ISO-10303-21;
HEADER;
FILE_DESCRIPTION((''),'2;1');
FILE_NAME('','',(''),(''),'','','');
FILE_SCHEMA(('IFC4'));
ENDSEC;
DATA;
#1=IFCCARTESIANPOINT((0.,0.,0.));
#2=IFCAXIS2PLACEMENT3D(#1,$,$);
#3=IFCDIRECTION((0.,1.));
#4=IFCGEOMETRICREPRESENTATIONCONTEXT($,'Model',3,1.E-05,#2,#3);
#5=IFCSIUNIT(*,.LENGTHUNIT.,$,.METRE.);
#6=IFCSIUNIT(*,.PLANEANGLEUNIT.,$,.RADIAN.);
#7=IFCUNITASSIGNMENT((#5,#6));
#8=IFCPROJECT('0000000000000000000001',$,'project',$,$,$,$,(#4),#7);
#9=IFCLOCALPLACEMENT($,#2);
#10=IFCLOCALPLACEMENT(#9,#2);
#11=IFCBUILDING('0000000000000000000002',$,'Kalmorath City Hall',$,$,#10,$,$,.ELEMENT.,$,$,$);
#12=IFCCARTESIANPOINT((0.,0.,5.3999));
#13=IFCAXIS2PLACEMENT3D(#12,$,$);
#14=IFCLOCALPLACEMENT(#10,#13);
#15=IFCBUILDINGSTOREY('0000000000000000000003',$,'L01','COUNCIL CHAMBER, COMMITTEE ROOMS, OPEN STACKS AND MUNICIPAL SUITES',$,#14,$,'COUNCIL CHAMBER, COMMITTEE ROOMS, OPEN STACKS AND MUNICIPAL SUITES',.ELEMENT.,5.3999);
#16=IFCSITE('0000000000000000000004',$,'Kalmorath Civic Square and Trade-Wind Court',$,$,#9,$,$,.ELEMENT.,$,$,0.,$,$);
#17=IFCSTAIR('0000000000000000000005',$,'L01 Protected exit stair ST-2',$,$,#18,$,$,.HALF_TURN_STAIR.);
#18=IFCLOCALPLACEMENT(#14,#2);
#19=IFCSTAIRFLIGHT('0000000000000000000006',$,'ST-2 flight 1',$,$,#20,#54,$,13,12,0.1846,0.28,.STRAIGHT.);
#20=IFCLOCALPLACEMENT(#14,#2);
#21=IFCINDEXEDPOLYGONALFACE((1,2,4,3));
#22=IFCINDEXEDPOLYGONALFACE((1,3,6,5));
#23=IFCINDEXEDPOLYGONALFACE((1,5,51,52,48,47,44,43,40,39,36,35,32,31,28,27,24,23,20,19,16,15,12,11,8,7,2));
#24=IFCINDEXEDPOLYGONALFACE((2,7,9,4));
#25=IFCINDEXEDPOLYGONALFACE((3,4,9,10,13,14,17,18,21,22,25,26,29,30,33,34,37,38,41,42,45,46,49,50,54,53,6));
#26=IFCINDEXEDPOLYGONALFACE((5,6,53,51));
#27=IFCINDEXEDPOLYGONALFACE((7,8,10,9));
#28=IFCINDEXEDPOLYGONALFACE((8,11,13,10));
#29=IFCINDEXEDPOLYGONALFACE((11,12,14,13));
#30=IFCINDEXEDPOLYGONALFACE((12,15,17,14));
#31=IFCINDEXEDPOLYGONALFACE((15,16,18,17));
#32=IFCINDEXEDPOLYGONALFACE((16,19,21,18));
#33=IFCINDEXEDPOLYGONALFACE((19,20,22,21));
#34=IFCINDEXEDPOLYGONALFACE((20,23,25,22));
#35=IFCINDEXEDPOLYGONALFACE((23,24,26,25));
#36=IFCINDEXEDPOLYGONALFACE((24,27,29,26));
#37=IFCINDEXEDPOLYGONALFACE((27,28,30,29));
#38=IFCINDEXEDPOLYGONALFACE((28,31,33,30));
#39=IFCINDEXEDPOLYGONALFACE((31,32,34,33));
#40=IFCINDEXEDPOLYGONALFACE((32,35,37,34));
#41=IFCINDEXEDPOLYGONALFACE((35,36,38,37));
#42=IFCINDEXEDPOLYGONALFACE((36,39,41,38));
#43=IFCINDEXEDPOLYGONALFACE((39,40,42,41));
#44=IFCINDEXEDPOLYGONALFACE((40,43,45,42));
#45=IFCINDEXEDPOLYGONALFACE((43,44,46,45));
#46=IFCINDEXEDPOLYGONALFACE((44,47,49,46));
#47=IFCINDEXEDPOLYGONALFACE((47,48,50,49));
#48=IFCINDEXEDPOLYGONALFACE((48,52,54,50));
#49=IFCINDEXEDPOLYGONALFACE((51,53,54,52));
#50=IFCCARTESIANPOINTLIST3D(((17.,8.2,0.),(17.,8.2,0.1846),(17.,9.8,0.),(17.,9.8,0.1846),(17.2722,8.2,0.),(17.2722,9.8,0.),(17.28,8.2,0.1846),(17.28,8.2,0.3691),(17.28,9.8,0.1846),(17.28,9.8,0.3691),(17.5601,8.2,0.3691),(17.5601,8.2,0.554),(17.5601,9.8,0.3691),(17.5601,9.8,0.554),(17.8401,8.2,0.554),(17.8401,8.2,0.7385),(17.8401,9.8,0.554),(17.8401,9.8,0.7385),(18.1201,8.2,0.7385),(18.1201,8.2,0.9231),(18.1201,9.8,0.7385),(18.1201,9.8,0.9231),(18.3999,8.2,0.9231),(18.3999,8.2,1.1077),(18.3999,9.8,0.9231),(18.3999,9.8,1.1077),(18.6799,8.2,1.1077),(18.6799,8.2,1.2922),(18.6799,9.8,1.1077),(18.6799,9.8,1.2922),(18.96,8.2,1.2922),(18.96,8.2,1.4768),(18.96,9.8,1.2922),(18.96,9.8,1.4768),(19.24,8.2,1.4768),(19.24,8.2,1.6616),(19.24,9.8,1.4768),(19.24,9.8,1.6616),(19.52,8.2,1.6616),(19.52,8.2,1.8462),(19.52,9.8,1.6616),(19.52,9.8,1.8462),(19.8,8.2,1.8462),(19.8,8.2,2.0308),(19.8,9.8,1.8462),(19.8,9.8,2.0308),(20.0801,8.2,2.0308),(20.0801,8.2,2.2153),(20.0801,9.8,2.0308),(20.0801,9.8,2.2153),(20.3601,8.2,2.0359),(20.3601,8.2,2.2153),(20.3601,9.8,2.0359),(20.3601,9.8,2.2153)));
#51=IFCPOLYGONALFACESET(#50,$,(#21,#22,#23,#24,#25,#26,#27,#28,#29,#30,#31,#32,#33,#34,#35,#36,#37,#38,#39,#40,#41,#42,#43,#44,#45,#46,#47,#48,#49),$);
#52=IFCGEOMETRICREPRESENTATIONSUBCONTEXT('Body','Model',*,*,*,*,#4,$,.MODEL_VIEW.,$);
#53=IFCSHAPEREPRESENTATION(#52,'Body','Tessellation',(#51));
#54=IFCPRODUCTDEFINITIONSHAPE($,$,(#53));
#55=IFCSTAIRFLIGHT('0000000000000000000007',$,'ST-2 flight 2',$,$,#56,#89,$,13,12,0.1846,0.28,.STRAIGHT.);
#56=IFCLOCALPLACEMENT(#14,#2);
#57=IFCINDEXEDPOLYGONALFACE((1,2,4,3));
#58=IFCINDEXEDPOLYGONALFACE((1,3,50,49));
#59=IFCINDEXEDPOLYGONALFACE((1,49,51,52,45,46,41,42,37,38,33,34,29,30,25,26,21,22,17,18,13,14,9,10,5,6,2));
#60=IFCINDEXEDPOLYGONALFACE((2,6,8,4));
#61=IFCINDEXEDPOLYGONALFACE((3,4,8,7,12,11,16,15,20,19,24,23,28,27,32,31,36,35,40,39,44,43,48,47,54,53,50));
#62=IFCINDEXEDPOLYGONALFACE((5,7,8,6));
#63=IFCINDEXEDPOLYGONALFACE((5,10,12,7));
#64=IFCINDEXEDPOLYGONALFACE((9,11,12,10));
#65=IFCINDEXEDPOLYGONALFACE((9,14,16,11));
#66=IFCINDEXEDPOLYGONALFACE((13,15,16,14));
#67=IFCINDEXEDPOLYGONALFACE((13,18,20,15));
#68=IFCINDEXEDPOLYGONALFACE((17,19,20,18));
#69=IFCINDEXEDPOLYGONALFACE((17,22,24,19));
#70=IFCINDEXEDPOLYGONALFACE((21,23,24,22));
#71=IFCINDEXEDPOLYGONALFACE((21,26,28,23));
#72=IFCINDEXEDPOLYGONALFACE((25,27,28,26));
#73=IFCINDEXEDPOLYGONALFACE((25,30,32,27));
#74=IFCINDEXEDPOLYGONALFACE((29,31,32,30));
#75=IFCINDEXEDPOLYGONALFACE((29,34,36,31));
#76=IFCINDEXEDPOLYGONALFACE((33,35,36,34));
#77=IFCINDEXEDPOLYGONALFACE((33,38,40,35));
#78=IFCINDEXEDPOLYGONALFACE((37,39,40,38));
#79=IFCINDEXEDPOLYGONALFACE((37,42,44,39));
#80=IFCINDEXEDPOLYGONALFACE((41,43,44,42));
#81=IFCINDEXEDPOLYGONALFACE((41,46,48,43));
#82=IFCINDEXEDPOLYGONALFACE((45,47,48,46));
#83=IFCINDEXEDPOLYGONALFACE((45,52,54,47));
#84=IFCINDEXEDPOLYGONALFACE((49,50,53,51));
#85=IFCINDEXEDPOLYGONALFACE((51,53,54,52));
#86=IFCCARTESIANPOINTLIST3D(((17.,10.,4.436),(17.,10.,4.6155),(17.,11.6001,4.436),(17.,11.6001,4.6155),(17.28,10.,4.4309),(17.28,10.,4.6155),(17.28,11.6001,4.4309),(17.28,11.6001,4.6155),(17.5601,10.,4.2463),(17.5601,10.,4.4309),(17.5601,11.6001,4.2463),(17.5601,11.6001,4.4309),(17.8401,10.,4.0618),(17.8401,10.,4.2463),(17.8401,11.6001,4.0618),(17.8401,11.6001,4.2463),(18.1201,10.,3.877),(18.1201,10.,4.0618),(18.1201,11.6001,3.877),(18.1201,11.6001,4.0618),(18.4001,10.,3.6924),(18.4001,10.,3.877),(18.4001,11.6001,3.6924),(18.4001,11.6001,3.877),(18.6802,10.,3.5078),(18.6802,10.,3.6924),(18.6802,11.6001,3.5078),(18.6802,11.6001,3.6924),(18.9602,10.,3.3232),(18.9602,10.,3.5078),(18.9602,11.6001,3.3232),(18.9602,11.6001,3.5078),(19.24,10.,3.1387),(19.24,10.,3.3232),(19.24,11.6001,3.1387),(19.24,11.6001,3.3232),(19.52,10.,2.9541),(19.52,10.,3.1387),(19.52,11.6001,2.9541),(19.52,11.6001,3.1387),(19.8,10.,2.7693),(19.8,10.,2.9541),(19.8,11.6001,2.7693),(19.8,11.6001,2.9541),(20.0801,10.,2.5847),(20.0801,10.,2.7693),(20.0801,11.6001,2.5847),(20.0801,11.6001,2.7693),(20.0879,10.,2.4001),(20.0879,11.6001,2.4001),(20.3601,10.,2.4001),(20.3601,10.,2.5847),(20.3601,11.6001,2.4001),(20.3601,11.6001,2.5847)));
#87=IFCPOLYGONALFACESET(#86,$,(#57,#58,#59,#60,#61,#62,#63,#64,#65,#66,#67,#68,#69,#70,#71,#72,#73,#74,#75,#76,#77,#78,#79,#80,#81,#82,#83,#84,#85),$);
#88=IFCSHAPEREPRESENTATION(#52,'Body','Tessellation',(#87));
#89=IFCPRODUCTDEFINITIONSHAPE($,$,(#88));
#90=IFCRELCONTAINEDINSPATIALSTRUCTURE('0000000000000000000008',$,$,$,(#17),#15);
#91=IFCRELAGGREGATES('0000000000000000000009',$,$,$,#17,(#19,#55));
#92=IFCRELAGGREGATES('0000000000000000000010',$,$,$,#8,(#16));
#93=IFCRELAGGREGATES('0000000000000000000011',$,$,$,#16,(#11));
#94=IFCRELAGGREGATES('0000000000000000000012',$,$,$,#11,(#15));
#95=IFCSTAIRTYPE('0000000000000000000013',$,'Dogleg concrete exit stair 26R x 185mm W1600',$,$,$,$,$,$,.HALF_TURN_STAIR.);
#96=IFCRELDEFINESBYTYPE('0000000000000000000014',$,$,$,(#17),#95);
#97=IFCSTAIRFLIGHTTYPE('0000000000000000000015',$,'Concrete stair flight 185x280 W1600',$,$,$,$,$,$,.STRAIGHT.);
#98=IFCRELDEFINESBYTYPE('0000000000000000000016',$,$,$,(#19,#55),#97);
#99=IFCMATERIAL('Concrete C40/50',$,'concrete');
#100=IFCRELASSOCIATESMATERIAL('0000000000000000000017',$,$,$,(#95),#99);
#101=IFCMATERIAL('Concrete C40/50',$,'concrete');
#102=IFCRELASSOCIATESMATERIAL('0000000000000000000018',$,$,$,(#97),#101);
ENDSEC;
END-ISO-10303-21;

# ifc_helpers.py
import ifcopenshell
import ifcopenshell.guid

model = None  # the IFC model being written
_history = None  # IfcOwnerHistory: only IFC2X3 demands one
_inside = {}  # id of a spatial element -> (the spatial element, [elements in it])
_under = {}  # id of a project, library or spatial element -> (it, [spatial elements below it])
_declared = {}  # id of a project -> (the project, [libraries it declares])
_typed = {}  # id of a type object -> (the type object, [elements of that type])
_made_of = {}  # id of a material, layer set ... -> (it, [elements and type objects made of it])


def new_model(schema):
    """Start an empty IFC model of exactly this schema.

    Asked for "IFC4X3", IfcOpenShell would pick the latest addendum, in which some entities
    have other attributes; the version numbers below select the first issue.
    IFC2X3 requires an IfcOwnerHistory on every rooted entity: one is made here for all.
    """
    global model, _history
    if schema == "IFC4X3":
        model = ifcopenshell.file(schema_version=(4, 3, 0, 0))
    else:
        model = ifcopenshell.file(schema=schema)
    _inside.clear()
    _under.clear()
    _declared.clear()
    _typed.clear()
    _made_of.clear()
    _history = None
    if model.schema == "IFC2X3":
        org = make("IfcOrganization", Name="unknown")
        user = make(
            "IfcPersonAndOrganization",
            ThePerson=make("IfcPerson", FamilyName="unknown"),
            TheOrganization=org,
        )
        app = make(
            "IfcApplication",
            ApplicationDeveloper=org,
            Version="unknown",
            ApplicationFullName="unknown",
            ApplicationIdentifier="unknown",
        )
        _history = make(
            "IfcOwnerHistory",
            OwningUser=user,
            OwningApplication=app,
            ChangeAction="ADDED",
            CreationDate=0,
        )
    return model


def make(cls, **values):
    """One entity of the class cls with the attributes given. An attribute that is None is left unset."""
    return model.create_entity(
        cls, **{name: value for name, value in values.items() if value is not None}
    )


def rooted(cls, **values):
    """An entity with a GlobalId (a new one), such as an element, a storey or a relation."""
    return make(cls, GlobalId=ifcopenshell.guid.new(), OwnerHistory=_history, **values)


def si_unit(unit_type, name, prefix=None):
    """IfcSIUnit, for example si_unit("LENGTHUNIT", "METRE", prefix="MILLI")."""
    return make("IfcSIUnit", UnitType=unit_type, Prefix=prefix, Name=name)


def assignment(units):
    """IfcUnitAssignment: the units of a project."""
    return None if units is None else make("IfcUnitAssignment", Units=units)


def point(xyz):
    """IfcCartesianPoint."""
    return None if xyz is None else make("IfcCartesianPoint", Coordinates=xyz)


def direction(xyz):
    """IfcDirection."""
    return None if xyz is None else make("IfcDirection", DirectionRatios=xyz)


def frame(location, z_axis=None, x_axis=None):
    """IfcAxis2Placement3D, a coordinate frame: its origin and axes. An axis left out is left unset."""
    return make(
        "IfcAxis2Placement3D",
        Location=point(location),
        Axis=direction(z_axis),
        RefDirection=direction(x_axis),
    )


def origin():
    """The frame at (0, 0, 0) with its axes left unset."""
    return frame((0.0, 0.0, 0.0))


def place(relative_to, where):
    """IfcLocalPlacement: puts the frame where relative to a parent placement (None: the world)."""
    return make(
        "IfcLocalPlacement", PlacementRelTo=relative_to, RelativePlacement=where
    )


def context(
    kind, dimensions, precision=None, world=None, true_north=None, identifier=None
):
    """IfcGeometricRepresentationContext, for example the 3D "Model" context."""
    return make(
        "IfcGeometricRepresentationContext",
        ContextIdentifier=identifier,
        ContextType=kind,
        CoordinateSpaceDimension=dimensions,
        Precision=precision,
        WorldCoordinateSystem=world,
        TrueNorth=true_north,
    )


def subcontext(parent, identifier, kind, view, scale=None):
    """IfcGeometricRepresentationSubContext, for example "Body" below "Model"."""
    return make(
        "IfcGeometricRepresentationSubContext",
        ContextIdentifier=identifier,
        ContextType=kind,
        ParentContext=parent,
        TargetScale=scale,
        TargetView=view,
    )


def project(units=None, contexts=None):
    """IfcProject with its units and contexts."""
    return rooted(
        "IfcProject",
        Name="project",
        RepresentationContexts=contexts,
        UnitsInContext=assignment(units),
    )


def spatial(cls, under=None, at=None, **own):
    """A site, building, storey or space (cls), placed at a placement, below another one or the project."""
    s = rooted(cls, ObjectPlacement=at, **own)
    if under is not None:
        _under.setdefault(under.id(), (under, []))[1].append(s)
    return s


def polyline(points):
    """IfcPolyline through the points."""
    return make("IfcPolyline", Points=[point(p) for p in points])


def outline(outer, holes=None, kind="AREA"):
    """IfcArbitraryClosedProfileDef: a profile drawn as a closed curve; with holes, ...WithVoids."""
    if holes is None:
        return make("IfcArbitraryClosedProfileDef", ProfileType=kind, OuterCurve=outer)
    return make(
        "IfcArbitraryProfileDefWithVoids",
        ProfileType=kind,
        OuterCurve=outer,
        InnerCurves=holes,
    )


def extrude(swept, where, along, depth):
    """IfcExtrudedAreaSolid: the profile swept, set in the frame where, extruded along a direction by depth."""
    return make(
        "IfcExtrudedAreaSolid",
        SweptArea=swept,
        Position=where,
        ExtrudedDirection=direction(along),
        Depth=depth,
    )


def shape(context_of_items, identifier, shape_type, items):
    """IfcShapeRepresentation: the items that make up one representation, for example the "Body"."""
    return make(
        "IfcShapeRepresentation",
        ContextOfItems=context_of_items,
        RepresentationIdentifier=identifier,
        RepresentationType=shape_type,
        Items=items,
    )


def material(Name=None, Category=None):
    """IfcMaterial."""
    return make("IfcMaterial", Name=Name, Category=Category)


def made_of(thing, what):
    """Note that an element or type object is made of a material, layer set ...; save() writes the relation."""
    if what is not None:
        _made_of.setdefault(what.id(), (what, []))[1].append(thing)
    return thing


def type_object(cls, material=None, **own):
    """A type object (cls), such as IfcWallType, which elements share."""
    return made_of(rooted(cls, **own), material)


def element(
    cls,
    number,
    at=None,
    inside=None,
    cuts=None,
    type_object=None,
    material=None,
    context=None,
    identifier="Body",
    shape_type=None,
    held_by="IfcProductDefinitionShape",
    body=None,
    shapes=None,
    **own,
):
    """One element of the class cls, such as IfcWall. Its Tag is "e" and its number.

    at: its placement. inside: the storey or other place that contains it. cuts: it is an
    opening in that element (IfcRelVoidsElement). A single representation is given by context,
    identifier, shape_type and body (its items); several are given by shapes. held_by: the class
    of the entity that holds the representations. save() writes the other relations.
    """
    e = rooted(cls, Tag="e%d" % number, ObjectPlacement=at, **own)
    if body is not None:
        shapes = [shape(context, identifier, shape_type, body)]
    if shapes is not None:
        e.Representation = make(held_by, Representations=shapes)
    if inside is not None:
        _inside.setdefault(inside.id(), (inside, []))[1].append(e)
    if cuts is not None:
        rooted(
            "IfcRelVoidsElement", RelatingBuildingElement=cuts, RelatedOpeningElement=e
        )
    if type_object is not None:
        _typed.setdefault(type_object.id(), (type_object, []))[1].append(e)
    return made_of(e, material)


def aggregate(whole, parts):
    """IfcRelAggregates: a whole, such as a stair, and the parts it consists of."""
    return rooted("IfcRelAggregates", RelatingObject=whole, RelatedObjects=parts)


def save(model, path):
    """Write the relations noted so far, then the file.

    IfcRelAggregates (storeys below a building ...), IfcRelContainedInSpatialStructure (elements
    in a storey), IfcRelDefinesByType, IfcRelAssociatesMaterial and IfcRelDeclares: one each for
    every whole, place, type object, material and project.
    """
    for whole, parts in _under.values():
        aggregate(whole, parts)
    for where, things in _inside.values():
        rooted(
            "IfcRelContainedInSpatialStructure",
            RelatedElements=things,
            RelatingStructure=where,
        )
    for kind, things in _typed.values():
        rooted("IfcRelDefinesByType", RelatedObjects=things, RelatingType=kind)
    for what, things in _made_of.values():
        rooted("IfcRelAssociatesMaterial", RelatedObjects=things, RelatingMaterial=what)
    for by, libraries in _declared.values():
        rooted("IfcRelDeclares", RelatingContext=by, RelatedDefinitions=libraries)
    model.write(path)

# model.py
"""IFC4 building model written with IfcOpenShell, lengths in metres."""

from ifc_helpers import new_model, si_unit, direction, frame, origin, place, context, subcontext, project, spatial, polyline, outline, extrude, material, type_object, element, aggregate, save


model = new_model("IFC4")

# Units and contexts
model_context = context("Model", 3, precision=1e-05, world=origin(), true_north=direction((0.0, 1.0)))
body_context = subcontext(model_context, "Body", "Model", "MODEL_VIEW")
ifc_project = project(units=[si_unit("LENGTHUNIT", "METRE"), si_unit("PLANEANGLEUNIT", "RADIAN")], contexts=[model_context])

# Site, building, storey
site_placement = place(None, origin())
site = spatial("IfcSite", under=ifc_project, at=site_placement, Name="Kalmorath Civic Square and Trade-Wind Court", CompositionType="ELEMENT", RefElevation=0.0)
building_placement = place(site_placement, origin())
building = spatial("IfcBuilding", under=site, at=building_placement, Name="Kalmorath City Hall", CompositionType="ELEMENT")
storey_placement = place(building_placement, frame((0.0, 0.0, 5.3999)))
storey = spatial("IfcBuildingStorey", under=building, at=storey_placement, Name="L01", Description="COUNCIL CHAMBER, COMMITTEE ROOMS, OPEN STACKS AND MUNICIPAL SUITES", LongName="COUNCIL CHAMBER, COMMITTEE ROOMS, OPEN STACKS AND MUNICIPAL SUITES", CompositionType="ELEMENT", Elevation=5.3999)

# Stair, stair flights
ifc_material_1 = material(Name="Concrete C40/50", Category="concrete")
stair_type = type_object("IfcStairType", Name="Dogleg concrete exit stair 26R x 185mm W1600", PredefinedType="HALF_TURN_STAIR", material=ifc_material_1)
stair_placement = place(storey_placement, origin())
stair = element("IfcStair", 1, at=stair_placement, inside=storey, type_object=stair_type, Name="L01 Protected exit stair ST-2", PredefinedType="HALF_TURN_STAIR")
ifc_material_2 = material(Name="Concrete C40/50", Category="concrete")
stair_flight_type = type_object("IfcStairFlightType", Name="Concrete stair flight 185x280 W1600", PredefinedType="STRAIGHT", material=ifc_material_2)
stair_flight_1_placement = place(storey_placement, frame((17.0, 9.0, 0.0), z_axis=(0.0, 0.0, 1.0), x_axis=(1.0, 0.0, 0.0)))
stair_flight_1 = element("IfcStairFlight", 2, at=stair_flight_1_placement, type_object=stair_flight_type, Name="ST-2 flight 1", NumberOfRisers=13, NumberOfTreads=12, PredefinedType="STRAIGHT", RiserHeight=0.1846, TreadLength=0.28, context=body_context, shape_type="SweptSolid", body=[
    extrude(outline(polyline([(0.0, 0.0), (0.0, 0.1846), (0.28, 0.1846), (0.28, 0.3691), (0.5601, 0.3691), (0.5601, 0.554), (0.8401, 0.554), (0.8401, 0.7385), (1.1201, 0.7385), (1.1201, 0.9231), (1.3999, 0.9231), (1.3999, 1.1077), (1.6799, 1.1077), (1.6799, 1.2922), (1.96, 1.2922), (1.96, 1.4768), (2.24, 1.4768), (2.24, 1.6616), (2.52, 1.6616), (2.52, 1.8462), (2.8, 1.8462), (2.8, 2.0308), (3.0801, 2.0308), (3.0801, 2.2153), (3.3601, 2.2153), (3.3601, 2.3999), (3.3601, 2.0359), (0.2722, 0.0), (0.0, 0.0)])), frame((0.0, 0.8, 0.0), z_axis=(0.0, -1.0, 0.0), x_axis=(1.0, 0.0, 0.0)), (0.0, 0.0, 1.0), 1.6001),
])
stair_flight_2_placement = place(storey_placement, frame((20.3601, 10.8, 2.4001), z_axis=(0.0, 0.0, 1.0), x_axis=(-1.0, 0.0, 0.0)))
stair_flight_2 = element("IfcStairFlight", 3, at=stair_flight_2_placement, type_object=stair_flight_type, Name="ST-2 flight 2", NumberOfRisers=13, NumberOfTreads=12, PredefinedType="STRAIGHT", RiserHeight=0.1846, TreadLength=0.28, context=body_context, shape_type="SweptSolid", body=[
    extrude(outline(polyline([(0.0, 0.0), (0.0, 0.1846), (0.28, 0.1846), (0.28, 0.3691), (0.5601, 0.3691), (0.5601, 0.554), (0.8401, 0.554), (0.8401, 0.7385), (1.1201, 0.7385), (1.1201, 0.9231), (1.3999, 0.9231), (1.3999, 1.1077), (1.6799, 1.1077), (1.6799, 1.2922), (1.96, 1.2922), (1.96, 1.4768), (2.24, 1.4768), (2.24, 1.6616), (2.52, 1.6616), (2.52, 1.8462), (2.8, 1.8462), (2.8, 2.0308), (3.0801, 2.0308), (3.0801, 2.2153), (3.3601, 2.2153), (3.3601, 2.3999), (3.3601, 2.0359), (0.2722, 0.0), (0.0, 0.0)])), frame((0.0, 0.8, 0.0), z_axis=(0.0, -1.0, 0.0), x_axis=(1.0, 0.0, 0.0)), (0.0, 0.0, 1.0), 1.6001),
])
aggregate(stair, [stair_flight_1, stair_flight_2])

save(model, "model.ifc")
